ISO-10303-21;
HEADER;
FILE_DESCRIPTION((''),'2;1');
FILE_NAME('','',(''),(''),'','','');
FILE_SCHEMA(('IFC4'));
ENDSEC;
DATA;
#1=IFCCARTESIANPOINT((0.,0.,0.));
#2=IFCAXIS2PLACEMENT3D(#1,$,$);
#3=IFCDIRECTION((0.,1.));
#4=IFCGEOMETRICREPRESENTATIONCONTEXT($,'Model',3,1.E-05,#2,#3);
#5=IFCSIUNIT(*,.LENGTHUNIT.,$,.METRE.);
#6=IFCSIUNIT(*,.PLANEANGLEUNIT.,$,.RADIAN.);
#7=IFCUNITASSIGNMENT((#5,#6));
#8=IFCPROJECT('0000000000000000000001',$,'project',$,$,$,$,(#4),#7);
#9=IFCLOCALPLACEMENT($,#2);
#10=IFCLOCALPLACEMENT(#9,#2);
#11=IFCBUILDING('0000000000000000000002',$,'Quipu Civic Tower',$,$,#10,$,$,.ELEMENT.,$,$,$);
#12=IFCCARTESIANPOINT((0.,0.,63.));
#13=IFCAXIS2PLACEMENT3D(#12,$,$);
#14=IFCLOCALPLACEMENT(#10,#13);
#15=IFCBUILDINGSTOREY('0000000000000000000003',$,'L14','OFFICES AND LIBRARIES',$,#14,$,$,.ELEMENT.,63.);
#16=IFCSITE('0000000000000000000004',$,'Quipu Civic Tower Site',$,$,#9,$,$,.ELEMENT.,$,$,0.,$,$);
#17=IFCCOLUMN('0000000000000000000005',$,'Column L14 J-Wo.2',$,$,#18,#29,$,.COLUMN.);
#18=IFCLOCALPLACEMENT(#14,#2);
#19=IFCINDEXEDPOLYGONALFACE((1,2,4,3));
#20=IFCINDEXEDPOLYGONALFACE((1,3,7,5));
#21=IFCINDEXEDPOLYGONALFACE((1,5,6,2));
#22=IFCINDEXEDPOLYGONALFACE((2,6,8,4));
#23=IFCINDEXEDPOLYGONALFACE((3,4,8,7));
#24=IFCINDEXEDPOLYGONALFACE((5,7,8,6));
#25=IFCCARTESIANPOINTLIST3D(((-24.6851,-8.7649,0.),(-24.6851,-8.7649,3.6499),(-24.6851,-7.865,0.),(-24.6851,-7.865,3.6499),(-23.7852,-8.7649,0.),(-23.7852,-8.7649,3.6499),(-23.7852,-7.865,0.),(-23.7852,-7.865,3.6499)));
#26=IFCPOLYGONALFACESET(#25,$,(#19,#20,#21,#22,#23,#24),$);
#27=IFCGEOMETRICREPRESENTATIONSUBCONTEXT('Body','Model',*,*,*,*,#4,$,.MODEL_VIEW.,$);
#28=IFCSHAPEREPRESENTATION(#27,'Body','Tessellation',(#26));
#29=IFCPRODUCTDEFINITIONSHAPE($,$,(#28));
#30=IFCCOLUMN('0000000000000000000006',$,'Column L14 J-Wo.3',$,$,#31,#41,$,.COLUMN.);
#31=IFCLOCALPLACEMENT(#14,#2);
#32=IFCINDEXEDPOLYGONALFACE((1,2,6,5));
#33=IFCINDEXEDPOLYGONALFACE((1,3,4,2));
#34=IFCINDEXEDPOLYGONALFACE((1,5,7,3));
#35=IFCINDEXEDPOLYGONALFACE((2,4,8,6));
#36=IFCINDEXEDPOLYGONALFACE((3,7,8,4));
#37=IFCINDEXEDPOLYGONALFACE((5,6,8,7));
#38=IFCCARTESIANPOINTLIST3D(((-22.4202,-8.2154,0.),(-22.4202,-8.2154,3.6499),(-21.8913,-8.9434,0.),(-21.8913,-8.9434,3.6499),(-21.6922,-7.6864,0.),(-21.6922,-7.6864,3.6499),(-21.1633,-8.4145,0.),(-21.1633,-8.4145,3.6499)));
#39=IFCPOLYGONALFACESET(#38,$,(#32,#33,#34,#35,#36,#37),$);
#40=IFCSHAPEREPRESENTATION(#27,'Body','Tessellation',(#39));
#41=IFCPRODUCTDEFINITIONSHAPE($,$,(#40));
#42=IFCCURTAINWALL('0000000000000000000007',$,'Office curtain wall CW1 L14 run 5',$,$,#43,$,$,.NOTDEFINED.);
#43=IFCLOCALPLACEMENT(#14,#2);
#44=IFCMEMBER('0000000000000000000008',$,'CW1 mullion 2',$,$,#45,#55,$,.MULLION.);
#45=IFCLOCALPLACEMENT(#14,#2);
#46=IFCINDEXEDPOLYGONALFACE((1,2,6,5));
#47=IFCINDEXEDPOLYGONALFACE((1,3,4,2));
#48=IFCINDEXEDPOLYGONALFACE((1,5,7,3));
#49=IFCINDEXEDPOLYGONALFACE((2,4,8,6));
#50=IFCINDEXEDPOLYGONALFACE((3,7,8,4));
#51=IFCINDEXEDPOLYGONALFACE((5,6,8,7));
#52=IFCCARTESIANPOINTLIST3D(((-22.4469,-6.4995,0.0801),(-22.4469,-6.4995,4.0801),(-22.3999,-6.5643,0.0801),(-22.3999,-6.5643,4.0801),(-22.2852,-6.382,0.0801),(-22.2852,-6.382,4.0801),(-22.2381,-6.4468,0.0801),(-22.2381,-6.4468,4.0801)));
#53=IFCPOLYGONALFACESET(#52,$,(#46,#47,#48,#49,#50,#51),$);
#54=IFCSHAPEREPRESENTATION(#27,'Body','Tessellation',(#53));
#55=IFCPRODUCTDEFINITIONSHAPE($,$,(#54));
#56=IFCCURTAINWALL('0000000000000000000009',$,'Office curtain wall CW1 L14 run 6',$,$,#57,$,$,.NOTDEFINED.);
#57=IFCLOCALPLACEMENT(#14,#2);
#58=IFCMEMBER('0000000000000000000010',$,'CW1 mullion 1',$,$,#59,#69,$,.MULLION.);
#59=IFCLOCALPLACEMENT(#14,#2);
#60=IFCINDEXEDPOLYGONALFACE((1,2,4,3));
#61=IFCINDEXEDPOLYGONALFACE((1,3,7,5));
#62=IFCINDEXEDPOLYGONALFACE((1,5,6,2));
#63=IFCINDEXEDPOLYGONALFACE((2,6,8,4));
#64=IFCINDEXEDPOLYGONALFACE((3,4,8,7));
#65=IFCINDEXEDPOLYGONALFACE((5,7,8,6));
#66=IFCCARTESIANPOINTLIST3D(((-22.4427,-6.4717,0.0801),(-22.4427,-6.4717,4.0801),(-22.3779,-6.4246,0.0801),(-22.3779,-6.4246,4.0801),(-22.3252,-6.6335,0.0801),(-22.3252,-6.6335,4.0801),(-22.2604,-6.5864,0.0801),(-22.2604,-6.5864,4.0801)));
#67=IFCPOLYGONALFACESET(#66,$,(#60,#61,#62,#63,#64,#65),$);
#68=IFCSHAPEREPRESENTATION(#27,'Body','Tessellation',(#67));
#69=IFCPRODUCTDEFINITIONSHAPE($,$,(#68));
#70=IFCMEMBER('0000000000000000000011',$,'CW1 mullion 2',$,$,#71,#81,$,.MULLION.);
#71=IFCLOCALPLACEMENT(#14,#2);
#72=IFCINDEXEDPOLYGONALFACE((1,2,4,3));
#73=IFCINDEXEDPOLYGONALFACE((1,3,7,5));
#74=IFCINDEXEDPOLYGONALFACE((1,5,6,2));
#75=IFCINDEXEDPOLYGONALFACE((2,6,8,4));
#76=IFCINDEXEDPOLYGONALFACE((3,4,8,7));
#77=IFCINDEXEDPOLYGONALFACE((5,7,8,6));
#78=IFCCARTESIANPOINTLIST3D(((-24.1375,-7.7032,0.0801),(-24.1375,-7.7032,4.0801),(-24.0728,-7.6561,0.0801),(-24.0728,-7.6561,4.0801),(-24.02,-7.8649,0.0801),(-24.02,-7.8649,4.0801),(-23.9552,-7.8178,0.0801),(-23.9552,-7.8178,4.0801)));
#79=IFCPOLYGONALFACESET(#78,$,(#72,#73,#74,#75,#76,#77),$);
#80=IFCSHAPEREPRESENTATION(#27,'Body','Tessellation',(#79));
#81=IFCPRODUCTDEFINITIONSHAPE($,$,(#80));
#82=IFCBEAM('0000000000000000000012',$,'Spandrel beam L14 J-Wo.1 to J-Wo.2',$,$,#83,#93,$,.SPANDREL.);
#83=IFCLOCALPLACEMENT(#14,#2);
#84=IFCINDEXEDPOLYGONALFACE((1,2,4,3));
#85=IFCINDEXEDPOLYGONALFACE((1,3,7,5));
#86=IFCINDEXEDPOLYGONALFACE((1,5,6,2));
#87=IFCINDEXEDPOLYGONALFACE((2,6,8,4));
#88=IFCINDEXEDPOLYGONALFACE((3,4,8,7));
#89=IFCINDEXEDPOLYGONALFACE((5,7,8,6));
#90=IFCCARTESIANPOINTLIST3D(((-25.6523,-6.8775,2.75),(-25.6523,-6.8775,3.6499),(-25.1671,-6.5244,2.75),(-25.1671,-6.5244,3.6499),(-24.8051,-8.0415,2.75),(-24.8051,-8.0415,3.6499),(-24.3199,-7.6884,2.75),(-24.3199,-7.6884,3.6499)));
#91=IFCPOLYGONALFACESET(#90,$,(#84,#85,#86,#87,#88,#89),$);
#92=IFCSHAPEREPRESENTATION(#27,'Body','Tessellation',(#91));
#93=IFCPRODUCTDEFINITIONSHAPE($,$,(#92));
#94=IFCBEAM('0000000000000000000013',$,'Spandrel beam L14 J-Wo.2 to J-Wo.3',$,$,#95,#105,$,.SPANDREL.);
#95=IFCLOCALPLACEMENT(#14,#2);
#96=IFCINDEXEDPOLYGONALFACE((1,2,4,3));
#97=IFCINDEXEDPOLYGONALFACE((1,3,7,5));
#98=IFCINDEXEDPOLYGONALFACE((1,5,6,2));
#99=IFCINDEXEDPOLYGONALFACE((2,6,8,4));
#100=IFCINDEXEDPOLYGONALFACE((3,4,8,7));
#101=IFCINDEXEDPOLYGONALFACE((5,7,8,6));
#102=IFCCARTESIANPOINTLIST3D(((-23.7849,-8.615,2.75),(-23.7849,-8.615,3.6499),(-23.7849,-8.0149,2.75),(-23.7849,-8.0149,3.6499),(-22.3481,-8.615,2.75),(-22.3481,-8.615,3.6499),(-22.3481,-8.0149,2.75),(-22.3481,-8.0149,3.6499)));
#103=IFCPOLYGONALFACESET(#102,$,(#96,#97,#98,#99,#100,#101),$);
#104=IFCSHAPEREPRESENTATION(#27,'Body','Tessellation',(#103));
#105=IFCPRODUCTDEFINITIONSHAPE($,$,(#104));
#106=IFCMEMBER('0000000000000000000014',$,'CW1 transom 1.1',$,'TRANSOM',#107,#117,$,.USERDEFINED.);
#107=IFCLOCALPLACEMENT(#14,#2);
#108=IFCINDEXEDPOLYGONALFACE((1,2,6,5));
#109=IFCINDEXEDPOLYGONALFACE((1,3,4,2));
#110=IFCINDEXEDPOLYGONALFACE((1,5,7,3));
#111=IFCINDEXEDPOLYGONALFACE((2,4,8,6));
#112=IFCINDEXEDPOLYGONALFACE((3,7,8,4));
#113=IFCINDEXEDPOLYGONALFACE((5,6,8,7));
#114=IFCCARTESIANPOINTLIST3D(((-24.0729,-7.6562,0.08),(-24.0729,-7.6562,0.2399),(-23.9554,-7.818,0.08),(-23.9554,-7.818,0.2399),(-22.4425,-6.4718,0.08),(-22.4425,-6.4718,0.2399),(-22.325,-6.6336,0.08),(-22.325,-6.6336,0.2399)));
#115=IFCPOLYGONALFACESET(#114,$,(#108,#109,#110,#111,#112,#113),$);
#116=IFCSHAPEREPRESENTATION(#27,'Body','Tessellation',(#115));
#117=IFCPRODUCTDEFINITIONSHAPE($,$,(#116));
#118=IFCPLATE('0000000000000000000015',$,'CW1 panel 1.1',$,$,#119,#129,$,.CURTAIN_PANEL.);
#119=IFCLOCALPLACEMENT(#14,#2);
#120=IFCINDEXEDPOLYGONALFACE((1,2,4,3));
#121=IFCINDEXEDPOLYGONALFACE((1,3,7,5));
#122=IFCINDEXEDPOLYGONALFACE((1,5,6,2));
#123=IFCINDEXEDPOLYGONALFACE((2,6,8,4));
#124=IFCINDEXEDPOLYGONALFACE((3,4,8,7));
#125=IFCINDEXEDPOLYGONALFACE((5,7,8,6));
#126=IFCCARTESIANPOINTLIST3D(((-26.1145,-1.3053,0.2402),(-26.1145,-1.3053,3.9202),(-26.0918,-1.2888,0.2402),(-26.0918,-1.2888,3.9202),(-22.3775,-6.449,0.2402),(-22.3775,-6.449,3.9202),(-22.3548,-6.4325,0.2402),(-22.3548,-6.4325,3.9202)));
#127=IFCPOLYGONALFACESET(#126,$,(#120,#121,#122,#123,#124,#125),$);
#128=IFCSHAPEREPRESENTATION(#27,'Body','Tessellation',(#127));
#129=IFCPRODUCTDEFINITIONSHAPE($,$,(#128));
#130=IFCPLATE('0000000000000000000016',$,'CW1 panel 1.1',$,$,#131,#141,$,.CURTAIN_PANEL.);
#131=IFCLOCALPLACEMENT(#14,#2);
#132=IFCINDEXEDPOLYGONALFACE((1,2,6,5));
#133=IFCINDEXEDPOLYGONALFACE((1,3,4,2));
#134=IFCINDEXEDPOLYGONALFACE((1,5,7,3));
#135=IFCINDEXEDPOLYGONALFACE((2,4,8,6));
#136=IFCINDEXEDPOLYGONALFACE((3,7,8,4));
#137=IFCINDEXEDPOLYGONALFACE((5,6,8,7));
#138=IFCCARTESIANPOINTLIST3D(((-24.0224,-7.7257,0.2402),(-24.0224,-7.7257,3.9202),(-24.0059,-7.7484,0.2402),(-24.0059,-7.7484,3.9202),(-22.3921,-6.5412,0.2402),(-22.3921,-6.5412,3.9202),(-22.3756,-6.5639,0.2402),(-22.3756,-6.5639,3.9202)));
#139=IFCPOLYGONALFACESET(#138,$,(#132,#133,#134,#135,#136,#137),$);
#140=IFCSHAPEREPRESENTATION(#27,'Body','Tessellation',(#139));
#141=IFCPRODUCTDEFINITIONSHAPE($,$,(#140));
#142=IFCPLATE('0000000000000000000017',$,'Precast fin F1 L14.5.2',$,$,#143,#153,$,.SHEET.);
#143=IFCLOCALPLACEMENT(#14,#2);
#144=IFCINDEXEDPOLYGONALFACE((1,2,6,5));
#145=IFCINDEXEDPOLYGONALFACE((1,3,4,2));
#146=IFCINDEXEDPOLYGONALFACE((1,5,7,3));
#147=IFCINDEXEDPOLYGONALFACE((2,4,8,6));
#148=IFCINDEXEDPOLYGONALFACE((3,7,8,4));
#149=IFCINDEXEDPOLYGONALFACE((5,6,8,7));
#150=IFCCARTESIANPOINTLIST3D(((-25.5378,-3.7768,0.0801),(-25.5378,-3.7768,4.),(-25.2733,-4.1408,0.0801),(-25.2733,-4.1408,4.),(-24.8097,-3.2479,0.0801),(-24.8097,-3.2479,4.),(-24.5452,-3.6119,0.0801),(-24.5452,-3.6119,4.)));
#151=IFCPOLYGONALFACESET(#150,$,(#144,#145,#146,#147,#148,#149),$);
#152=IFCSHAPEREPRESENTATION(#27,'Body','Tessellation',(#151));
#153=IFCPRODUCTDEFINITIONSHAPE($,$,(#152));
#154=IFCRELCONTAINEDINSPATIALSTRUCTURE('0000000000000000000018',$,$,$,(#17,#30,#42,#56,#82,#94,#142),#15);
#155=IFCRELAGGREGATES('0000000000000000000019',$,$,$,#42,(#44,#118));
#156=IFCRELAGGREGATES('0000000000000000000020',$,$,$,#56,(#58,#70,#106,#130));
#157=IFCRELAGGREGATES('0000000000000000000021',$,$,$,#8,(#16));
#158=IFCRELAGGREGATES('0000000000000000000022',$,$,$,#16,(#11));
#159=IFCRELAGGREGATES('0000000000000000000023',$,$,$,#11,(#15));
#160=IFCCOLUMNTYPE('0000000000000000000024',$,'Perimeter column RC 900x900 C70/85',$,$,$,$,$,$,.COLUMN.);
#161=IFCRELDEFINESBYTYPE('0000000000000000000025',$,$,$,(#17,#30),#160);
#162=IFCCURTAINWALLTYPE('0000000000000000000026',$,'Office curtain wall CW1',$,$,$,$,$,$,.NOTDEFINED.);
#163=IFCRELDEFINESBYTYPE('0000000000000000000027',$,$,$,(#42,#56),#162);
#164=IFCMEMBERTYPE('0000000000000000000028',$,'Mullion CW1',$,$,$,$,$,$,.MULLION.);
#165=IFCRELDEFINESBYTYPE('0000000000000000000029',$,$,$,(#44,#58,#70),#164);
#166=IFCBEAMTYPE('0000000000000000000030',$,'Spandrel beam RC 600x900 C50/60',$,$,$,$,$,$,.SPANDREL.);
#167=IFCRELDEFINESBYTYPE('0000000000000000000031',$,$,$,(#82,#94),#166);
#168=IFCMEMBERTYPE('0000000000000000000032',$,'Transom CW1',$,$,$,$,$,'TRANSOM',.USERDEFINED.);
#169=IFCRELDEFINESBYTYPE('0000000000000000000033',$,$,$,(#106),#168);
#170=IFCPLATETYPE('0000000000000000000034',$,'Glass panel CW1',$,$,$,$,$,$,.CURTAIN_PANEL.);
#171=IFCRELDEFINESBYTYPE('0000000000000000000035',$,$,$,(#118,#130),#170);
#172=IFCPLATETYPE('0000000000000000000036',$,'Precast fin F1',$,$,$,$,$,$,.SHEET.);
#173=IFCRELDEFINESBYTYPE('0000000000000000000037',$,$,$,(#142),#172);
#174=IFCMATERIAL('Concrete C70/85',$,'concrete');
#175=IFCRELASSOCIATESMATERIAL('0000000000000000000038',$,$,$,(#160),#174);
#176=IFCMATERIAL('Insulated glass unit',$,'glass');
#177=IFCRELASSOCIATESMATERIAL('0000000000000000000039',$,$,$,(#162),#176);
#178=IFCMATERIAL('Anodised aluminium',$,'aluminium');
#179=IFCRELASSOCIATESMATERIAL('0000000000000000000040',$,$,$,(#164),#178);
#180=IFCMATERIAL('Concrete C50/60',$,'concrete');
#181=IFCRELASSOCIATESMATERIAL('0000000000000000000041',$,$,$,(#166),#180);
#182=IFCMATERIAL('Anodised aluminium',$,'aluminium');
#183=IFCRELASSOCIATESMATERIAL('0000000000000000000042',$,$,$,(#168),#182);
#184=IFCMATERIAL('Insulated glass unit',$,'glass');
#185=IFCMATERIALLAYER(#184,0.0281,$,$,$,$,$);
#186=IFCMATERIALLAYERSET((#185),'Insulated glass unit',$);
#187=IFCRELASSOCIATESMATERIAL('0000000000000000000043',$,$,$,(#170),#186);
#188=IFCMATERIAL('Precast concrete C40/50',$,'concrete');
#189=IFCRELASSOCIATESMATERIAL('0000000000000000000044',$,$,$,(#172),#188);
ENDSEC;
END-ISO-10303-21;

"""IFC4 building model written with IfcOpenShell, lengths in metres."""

from ifc_helpers import new_model, si_unit, direction, frame, origin, origin_2d, place, context, subcontext, project, spatial, rectangle, extrude, material, layer, layer_set, material_profile, profile_set, type_object, element, aggregate, save


model = new_model("IFC4")

# Units and contexts
model_context = context("Model", 3, precision=1e-05, world=origin(), true_north=direction((0.0, 1.0)))
body_context = subcontext(model_context, "Body", "Model", "MODEL_VIEW")
ifc_project = project(units=[si_unit("LENGTHUNIT", "METRE"), si_unit("PLANEANGLEUNIT", "RADIAN")], contexts=[model_context])

# Site, building, storey
site_placement = place(None, origin())
site = spatial("IfcSite", under=ifc_project, at=site_placement, Name="Quipu Civic Tower Site", CompositionType="ELEMENT", RefElevation=0.0)
building_placement = place(site_placement, origin())
building = spatial("IfcBuilding", under=site, at=building_placement, Name="Quipu Civic Tower", CompositionType="ELEMENT")
storey_placement = place(building_placement, frame((0.0, 0.0, 63.0)))
storey = spatial("IfcBuildingStorey", under=building, at=storey_placement, Name="L14", Description="OFFICES AND LIBRARIES", CompositionType="ELEMENT", Elevation=63.0)

# Columns
ifc_material_1 = material(Name="Concrete C70/85", Category="concrete")
ifc_material_profile_1 = material_profile(ifc_material_1, rectangle(XDim=0.8999, YDim=0.8999, at=origin_2d()), Name="RC900x900")
ifc_profile_set_1 = profile_set([ifc_material_profile_1], Name="Concrete C70/85")
column_type = type_object("IfcColumnType", Name="Perimeter column RC 900x900 C70/85", PredefinedType="COLUMN", material=ifc_profile_set_1)
for number, where, z_axis, x_axis, name in (
    (1, (-24.2351, -8.3149, 0.0), (0.0, 0.0, 1.0), (1.0, 0.0, 0.0), "Column L14 J-Wo.2"),
    (2, (-21.7917, -8.3149, 0.0), (0.0, 0.0, 1.0), (0.587785, -0.809017, 0.0), "Column L14 J-Wo.3"),
):
    element("IfcColumn", number, at=place(storey_placement, frame(where, z_axis=z_axis, x_axis=x_axis)), inside=storey, type_object=column_type, Name=name, PredefinedType="COLUMN", context=body_context, shape_type="SweptSolid", body=[
        extrude(rectangle(XDim=0.8999, YDim=0.8999, at=origin_2d()), origin(), (0.0, 0.0, 1.0), 3.6499),
    ])

# Curtain wall, member
ifc_material_2 = material(Name="Insulated glass unit", Category="glass")
curtain_wall_type = type_object("IfcCurtainWallType", Name="Office curtain wall CW1", PredefinedType="NOTDEFINED", material=ifc_material_2)
curtain_wall_1_placement = place(storey_placement, origin())
curtain_wall_1 = element("IfcCurtainWall", 3, at=curtain_wall_1_placement, inside=storey, type_object=curtain_wall_type, Name="Office curtain wall CW1 L14 run 5", PredefinedType="NOTDEFINED")
ifc_material_3 = material(Name="Anodised aluminium", Category="aluminium")
ifc_material_profile_2 = material_profile(ifc_material_3, rectangle(XDim=0.2, YDim=0.0801, at=origin_2d()), Name="RECT 200x80")
ifc_profile_set_2 = profile_set([ifc_material_profile_2], Name="Anodised aluminium")
member_type_1 = type_object("IfcMemberType", Name="Mullion CW1", PredefinedType="MULLION", material=ifc_profile_set_2)
member_1_placement = place(storey_placement, frame((-22.3425, -6.4731, 0.0801), z_axis=(0.0, 0.0, 1.0), x_axis=(0.809025, 0.587775, 0.0)))
member_1 = element("IfcMember", 4, at=member_1_placement, type_object=member_type_1, Name="CW1 mullion 2", PredefinedType="MULLION", context=body_context, shape_type="SweptSolid", body=[
    extrude(rectangle(XDim=0.2, YDim=0.0801, at=origin_2d()), origin(), (0.0, 0.0, 1.0), 4.0),
])

# Curtain wall, members
curtain_wall_2_placement = place(storey_placement, origin())
curtain_wall_2 = element("IfcCurtainWall", 5, at=curtain_wall_2_placement, inside=storey, type_object=curtain_wall_type, Name="Office curtain wall CW1 L14 run 6", PredefinedType="NOTDEFINED")
member_2_placement = place(storey_placement, frame((-22.3516, -6.5291, 0.0801), z_axis=(0.0, 0.0, 1.0), x_axis=(0.587786, -0.809016, 0.0)))
member_2 = element("IfcMember", 6, at=member_2_placement, type_object=member_type_1, Name="CW1 mullion 1", PredefinedType="MULLION", context=body_context, shape_type="SweptSolid", body=[
    extrude(rectangle(XDim=0.2, YDim=0.0801, at=origin_2d()), origin(), (0.0, 0.0, 1.0), 4.0),
])
member_3_placement = place(storey_placement, frame((-24.0464, -7.7605, 0.0801), z_axis=(0.0, 0.0, 1.0), x_axis=(0.587786, -0.809016, 0.0)))
member_3 = element("IfcMember", 7, at=member_3_placement, type_object=member_type_1, Name="CW1 mullion 2", PredefinedType="MULLION", context=body_context, shape_type="SweptSolid", body=[
    extrude(rectangle(XDim=0.2, YDim=0.0801, at=origin_2d()), origin(), (0.0, 0.0, 1.0), 4.0),
])

# Beams
ifc_material_4 = material(Name="Concrete C50/60", Category="concrete")
ifc_material_profile_3 = material_profile(ifc_material_4, rectangle(XDim=0.6001, YDim=0.8999, at=origin_2d()), Name="RC600x900")
ifc_profile_set_3 = profile_set([ifc_material_profile_3], Name="Concrete C50/60")
beam_type = type_object("IfcBeamType", Name="Spandrel beam RC 600x900 C50/60", PredefinedType="SPANDREL", material=ifc_profile_set_3)
beam_1_placement = place(storey_placement, frame((-25.4097, -6.7009, 3.2), z_axis=(0.588434, -0.808545, 0.0), x_axis=(0.808545, 0.588434, 0.0)))
element("IfcBeam", 8, at=beam_1_placement, inside=storey, type_object=beam_type, Name="Spandrel beam L14 J-Wo.1 to J-Wo.2", PredefinedType="SPANDREL", context=body_context, shape_type="SweptSolid", body=[
    extrude(rectangle(XDim=0.6001, YDim=0.8999, at=origin_2d()), origin(), (0.0, 0.0, 1.0), 1.4397),
])
beam_2_placement = place(storey_placement, frame((-23.7849, -8.3149, 3.2), z_axis=(1.0, 0.0, 0.0), x_axis=(0.0, 1.0, 0.0)))
element("IfcBeam", 9, at=beam_2_placement, inside=storey, type_object=beam_type, Name="Spandrel beam L14 J-Wo.2 to J-Wo.3", PredefinedType="SPANDREL", context=body_context, shape_type="SweptSolid", body=[
    extrude(rectangle(XDim=0.6001, YDim=0.8999, at=origin_2d()), origin(), (0.0, 0.0, 1.0), 1.4368),
])

# Member
ifc_material_5 = material(Name="Anodised aluminium", Category="aluminium")
ifc_material_profile_4 = material_profile(ifc_material_5, rectangle(XDim=0.2, YDim=0.1599, at=origin_2d()), Name="RECT 200x160")
ifc_profile_set_4 = profile_set([ifc_material_profile_4], Name="Anodised aluminium")
member_type_2 = type_object("IfcMemberType", Name="Transom CW1", ElementType="TRANSOM", PredefinedType="USERDEFINED", material=ifc_profile_set_4)
member_4_placement = place(storey_placement, frame((-22.3838, -6.5527, 0.1599), z_axis=(-0.809066, -0.587718, 0.0), x_axis=(0.587718, -0.809066, 0.0)))
member_4 = element("IfcMember", 10, at=member_4_placement, type_object=member_type_2, Name="CW1 transom 1.1", ObjectType="TRANSOM", PredefinedType="USERDEFINED", context=body_context, shape_type="SweptSolid", body=[
    extrude(rectangle(XDim=0.2, YDim=0.1599, at=origin_2d()), origin(), (0.0, 0.0, 1.0), 2.0151),
])

# Plates
ifc_material_6 = material(Name="Insulated glass unit", Category="glass")
ifc_layer_1 = layer(ifc_material_6, 0.0281)
ifc_layer_set_1 = layer_set([ifc_layer_1], Name="Insulated glass unit")
plate_type_1 = type_object("IfcPlateType", Name="Glass panel CW1", PredefinedType="CURTAIN_PANEL", material=ifc_layer_set_1)
plate_1_placement = place(storey_placement, frame((-24.2346, -3.8689, 0.2402), z_axis=(0.0, 0.0, 1.0), x_axis=(0.587775, -0.809025, 0.0)))
plate_1 = element("IfcPlate", 11, at=plate_1_placement, type_object=plate_type_1, Name="CW1 panel 1.1", PredefinedType="CURTAIN_PANEL", context=body_context, shape_type="SweptSolid", body=[
    extrude(rectangle(XDim=6.3579, YDim=0.0281, at=origin_2d()), origin(), (0.0, 0.0, 1.0), 3.6799),
])
aggregate(curtain_wall_1, [member_1, plate_1])
plate_2_placement = place(storey_placement, frame((-23.199, -7.1448, 0.2402), z_axis=(0.0, 0.0, 1.0), x_axis=(-0.809016, -0.587786, 0.0)))
plate_2 = element("IfcPlate", 12, at=plate_2_placement, type_object=plate_type_1, Name="CW1 panel 1.1", PredefinedType="CURTAIN_PANEL", context=body_context, shape_type="SweptSolid", body=[
    extrude(rectangle(XDim=2.0151, YDim=0.0281, at=origin_2d()), origin(), (0.0, 0.0, 1.0), 3.6799),
])
aggregate(curtain_wall_2, [member_2, member_3, member_4, plate_2])
ifc_material_7 = material(Name="Precast concrete C40/50", Category="concrete")
plate_type_2 = type_object("IfcPlateType", Name="Precast fin F1", PredefinedType="SHEET", material=ifc_material_7)
plate_3_placement = place(storey_placement, frame((-25.0415, -3.6943, 0.0801), z_axis=(0.0, 0.0, 1.0), x_axis=(0.587784, -0.809018, 0.0)))
element("IfcPlate", 13, at=plate_3_placement, inside=storey, type_object=plate_type_2, Name="Precast fin F1 L14.5.2", PredefinedType="SHEET", context=body_context, shape_type="SweptSolid", body=[
    extrude(rectangle(XDim=0.45, YDim=0.8999, at=origin_2d()), origin(), (0.0, 0.0, 1.0), 3.9199),
])

save(model, "model.ifc")
